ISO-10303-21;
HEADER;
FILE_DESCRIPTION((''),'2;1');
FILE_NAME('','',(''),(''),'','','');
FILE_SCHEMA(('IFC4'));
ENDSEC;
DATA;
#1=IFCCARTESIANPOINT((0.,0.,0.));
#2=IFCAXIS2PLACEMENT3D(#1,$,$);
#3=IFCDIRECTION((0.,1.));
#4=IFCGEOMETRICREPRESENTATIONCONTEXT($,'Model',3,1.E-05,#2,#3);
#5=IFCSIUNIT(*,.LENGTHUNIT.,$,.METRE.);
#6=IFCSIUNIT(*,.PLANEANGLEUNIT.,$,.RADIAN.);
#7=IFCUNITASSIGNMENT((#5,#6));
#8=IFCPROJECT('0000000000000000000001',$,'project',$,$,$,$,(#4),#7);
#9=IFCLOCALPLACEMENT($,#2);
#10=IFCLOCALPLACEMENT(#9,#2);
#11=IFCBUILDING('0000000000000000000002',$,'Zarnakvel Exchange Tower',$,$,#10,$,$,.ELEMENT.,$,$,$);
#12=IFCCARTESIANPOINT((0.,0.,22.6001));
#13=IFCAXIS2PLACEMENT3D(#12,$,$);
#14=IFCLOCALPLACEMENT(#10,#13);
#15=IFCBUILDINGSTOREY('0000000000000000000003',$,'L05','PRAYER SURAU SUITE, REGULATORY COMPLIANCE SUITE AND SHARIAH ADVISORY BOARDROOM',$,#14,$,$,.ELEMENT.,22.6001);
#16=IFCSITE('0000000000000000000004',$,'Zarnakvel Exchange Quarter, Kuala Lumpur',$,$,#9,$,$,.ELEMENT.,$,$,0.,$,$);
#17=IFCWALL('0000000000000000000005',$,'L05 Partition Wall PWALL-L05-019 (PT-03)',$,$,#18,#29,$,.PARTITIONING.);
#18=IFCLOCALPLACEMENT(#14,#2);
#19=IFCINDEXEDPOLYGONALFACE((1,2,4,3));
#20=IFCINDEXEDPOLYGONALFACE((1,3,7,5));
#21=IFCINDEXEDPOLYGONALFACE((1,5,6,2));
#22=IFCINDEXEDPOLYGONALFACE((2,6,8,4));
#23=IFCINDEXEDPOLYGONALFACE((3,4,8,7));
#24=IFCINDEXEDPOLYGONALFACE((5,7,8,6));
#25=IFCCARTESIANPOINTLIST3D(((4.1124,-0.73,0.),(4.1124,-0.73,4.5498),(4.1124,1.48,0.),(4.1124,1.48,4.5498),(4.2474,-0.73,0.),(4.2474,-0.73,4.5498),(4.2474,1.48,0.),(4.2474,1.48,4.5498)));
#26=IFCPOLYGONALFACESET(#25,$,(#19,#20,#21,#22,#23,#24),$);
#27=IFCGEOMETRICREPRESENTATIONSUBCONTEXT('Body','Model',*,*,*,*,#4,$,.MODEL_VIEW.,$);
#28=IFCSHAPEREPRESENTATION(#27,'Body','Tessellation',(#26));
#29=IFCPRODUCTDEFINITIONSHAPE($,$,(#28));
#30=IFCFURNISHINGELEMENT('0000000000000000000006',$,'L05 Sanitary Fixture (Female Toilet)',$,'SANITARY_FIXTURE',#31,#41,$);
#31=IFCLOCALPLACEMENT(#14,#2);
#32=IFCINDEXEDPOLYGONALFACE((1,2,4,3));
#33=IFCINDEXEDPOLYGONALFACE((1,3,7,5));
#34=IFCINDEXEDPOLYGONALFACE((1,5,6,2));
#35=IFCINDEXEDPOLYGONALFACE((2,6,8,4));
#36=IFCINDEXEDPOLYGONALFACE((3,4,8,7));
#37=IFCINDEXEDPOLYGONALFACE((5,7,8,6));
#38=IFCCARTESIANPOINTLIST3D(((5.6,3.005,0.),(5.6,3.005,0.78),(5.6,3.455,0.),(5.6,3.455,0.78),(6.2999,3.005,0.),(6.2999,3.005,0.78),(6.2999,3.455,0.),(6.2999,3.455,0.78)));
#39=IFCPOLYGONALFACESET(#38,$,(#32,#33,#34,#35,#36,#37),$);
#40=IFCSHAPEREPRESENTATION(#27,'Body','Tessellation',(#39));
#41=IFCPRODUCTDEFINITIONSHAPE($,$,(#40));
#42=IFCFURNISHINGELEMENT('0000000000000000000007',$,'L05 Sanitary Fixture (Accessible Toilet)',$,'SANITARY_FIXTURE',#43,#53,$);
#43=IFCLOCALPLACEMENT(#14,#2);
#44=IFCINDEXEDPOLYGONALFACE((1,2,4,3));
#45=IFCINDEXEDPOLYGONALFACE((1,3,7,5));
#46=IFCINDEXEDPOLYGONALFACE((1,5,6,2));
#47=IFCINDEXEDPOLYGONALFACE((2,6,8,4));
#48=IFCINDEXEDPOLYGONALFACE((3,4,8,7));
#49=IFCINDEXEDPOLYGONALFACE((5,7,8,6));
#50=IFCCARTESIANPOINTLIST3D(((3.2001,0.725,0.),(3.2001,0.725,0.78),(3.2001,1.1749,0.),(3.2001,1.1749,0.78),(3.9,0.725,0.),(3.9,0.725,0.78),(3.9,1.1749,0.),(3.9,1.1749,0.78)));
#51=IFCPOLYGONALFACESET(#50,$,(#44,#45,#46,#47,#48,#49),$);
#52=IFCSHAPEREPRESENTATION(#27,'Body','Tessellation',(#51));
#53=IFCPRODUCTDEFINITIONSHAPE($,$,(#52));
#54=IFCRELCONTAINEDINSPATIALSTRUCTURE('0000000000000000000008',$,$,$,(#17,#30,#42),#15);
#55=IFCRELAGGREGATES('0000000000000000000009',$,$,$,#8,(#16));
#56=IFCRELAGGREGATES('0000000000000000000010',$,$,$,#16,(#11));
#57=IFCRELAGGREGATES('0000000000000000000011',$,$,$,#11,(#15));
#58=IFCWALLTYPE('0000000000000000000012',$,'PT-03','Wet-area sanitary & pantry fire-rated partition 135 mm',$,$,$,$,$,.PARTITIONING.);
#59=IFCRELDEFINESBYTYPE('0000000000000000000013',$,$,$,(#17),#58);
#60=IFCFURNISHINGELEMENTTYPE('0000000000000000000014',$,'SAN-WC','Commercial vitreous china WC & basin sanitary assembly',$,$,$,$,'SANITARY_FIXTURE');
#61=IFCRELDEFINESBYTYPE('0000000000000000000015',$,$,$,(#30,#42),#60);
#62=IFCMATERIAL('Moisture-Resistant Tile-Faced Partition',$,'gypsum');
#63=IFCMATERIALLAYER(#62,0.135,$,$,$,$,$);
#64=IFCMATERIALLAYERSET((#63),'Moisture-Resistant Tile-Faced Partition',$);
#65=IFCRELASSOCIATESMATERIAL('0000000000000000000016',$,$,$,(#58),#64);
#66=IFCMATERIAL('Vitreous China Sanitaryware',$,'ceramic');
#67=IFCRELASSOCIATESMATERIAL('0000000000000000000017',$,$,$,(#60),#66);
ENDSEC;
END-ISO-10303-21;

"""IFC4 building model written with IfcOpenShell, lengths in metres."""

from ifc_helpers import new_model, si_unit, direction, frame, frame_2d, origin, origin_2d, place, context, subcontext, project, spatial, rectangle, extrude, source, transform, mapped, material, layer, layer_set, type_object, element, save


model = new_model("IFC4")

# Units and contexts
model_context = context("Model", 3, precision=1e-05, world=origin(), true_north=direction((0.0, 1.0)))
body_context = subcontext(model_context, "Body", "Model", "MODEL_VIEW")
ifc_project = project(units=[si_unit("LENGTHUNIT", "METRE"), si_unit("PLANEANGLEUNIT", "RADIAN")], contexts=[model_context])

# Site, building, storey
site_placement = place(None, origin())
site = spatial("IfcSite", under=ifc_project, at=site_placement, Name="Zarnakvel Exchange Quarter, Kuala Lumpur", CompositionType="ELEMENT", RefElevation=0.0)
building_placement = place(site_placement, origin())
building = spatial("IfcBuilding", under=site, at=building_placement, Name="Zarnakvel Exchange Tower", CompositionType="ELEMENT")
storey_placement = place(building_placement, frame((0.0, 0.0, 22.6001)))
storey = spatial("IfcBuildingStorey", under=building, at=storey_placement, Name="L05", Description="PRAYER SURAU SUITE, REGULATORY COMPLIANCE SUITE AND SHARIAH ADVISORY BOARDROOM", CompositionType="ELEMENT", Elevation=22.6001)

# Shared definitions
ifc_material_1 = material(Name="Moisture-Resistant Tile-Faced Partition", Category="gypsum")
ifc_layer_1 = layer(ifc_material_1, 0.135)
ifc_layer_set_1 = layer_set([ifc_layer_1], Name="Moisture-Resistant Tile-Faced Partition")
wall_type_1 = type_object("IfcWallType", Name="PT-03", Description="Wet-area sanitary & pantry fire-rated partition 135 mm", PredefinedType="PARTITIONING", material=ifc_layer_set_1)

# Wall
wall_1_placement = place(storey_placement, frame((4.1799, 1.48, 0.0), z_axis=(0.0, 0.0, 1.0), x_axis=(0.0, -1.0, 0.0)))
element("IfcWall", 1, at=wall_1_placement, inside=storey, type_object=wall_type_1, Name="L05 Partition Wall PWALL-L05-019 (PT-03)", PredefinedType="PARTITIONING", context=body_context, shape_type="SweptSolid", body=[
    extrude(rectangle(XDim=2.21, YDim=0.135, at=frame_2d((1.105, 0.0))), origin(), (0.0, 0.0, 1.0), 4.5498),
])

# Furnishing elements
ifc_material_2 = material(Name="Vitreous China Sanitaryware", Category="ceramic")
furnishing_element_type = type_object("IfcFurnishingElementType", Name="SAN-WC", Description="Commercial vitreous china WC & basin sanitary assembly", ElementType="SANITARY_FIXTURE", material=ifc_material_2)
shared_shape_1 = source(origin(), body_context, "Body", "SweptSolid", [
    extrude(rectangle(XDim=0.7, YDim=0.45, at=origin_2d()), origin(), (0.0, 0.0, 1.0), 0.78),
])
for number, where, z_axis, x_axis, name in (
    (2, (5.95, 3.23, 0.0), (0.0, 0.0, 1.0), (1.0, 0.0, 0.0), "L05 Sanitary Fixture (Female Toilet)"),
    (3, (3.55, 0.95, 0.0), (0.0, 0.0, 1.0), (1.0, 0.0, 0.0), "L05 Sanitary Fixture (Accessible Toilet)"),
):
    element("IfcFurnishingElement", number, at=place(storey_placement, frame(where, z_axis=z_axis, x_axis=x_axis)), inside=storey, type_object=furnishing_element_type, Name=name, ObjectType="SANITARY_FIXTURE", context=body_context, shape_type="MappedRepresentation", body=[
        mapped(shared_shape_1, transform((0.0, 0.0, 0.0), x_axis=(1.0, 0.0, 0.0), y_axis=(0.0, 1.0, 0.0), z_axis=(0.0, 0.0, 1.0), scale=1.0)),
    ])

save(model, "model.ifc")
